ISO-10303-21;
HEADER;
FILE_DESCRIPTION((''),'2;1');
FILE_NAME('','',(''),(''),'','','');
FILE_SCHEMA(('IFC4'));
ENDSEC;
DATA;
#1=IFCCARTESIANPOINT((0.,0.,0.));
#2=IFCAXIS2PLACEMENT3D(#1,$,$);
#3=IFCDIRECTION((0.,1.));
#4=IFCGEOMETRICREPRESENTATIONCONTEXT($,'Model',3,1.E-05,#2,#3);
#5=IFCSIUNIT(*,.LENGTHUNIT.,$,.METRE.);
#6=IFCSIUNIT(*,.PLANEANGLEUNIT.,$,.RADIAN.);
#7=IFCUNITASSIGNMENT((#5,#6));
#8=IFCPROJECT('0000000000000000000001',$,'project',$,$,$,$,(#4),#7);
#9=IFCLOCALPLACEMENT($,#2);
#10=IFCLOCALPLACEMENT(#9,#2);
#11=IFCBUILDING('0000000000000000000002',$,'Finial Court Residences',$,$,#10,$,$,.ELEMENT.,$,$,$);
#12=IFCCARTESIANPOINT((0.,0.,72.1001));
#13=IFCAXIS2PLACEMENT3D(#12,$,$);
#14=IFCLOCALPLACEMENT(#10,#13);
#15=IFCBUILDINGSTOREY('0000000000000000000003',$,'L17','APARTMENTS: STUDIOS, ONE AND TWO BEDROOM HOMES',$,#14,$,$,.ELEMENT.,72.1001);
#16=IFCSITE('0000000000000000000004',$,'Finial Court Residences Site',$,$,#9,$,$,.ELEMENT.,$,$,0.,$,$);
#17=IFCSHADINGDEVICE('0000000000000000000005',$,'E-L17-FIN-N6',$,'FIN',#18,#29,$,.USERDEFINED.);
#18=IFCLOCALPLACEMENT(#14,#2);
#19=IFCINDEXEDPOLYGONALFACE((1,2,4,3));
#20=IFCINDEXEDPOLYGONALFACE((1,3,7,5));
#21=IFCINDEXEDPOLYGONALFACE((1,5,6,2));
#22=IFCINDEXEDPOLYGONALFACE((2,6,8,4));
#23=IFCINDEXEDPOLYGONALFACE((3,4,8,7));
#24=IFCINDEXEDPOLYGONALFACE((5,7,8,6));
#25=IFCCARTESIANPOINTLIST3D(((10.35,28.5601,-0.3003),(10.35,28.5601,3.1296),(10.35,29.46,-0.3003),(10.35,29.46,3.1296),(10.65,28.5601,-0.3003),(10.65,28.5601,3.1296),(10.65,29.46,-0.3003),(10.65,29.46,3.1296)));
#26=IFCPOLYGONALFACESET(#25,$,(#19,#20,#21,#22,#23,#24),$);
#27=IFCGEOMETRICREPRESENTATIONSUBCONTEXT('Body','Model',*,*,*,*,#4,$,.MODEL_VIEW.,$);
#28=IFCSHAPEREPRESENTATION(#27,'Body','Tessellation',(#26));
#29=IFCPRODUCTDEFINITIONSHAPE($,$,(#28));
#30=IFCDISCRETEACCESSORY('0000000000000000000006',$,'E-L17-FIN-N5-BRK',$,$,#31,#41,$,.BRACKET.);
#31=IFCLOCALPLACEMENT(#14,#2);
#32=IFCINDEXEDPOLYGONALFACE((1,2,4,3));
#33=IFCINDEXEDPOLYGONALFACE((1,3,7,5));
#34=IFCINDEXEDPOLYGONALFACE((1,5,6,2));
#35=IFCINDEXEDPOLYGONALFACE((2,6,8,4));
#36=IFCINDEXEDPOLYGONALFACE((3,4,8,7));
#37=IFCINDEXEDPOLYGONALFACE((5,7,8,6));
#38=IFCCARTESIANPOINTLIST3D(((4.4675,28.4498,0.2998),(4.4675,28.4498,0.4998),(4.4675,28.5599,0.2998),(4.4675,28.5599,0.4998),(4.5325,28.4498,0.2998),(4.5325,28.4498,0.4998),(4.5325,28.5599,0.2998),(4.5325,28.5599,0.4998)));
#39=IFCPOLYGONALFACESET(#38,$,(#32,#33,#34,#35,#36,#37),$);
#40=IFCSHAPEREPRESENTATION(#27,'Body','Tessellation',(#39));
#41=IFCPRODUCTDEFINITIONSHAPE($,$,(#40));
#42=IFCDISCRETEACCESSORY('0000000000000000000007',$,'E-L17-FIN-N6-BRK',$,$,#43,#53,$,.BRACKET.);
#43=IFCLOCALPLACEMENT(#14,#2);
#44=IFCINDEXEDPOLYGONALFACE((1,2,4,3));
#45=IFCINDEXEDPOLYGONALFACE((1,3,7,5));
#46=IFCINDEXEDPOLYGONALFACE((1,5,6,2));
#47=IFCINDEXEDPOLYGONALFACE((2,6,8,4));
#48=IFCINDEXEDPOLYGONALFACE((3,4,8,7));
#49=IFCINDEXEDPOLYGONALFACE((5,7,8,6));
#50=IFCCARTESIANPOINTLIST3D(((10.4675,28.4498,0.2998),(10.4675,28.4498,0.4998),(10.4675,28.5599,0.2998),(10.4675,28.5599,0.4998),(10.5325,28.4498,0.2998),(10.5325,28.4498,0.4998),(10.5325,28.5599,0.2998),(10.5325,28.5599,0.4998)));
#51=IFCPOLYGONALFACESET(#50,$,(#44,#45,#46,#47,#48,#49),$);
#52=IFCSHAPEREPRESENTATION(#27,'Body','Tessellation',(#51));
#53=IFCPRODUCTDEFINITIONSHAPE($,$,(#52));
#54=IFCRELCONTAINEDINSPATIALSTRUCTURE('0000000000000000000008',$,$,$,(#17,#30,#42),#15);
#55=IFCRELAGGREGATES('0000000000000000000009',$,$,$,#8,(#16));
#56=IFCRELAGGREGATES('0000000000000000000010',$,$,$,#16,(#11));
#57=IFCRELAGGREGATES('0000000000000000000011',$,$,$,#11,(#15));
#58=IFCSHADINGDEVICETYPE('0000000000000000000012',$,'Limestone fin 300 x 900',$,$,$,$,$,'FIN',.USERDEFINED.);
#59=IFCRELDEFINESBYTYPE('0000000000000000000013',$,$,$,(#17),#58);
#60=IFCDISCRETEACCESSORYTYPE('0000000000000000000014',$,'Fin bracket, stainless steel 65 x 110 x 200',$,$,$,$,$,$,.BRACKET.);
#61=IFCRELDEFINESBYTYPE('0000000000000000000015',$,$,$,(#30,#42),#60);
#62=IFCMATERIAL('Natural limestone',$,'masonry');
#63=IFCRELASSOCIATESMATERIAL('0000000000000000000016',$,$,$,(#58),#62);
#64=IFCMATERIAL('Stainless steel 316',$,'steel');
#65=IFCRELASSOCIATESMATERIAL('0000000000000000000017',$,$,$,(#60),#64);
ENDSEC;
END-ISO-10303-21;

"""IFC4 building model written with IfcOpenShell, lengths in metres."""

from ifc_helpers import new_model, si_unit, direction, frame, origin, origin_2d, place, context, subcontext, project, spatial, rectangle, extrude, material, type_object, element, save


model = new_model("IFC4")

# Units and contexts
model_context = context("Model", 3, precision=1e-05, world=origin(), true_north=direction((0.0, 1.0)))
body_context = subcontext(model_context, "Body", "Model", "MODEL_VIEW")
ifc_project = project(units=[si_unit("LENGTHUNIT", "METRE"), si_unit("PLANEANGLEUNIT", "RADIAN")], contexts=[model_context])

# Site, building, storey
site_placement = place(None, origin())
site = spatial("IfcSite", under=ifc_project, at=site_placement, Name="Finial Court Residences Site", CompositionType="ELEMENT", RefElevation=0.0)
building_placement = place(site_placement, origin())
building = spatial("IfcBuilding", under=site, at=building_placement, Name="Finial Court Residences", CompositionType="ELEMENT")
storey_placement = place(building_placement, frame((0.0, 0.0, 72.1001)))
storey = spatial("IfcBuildingStorey", under=building, at=storey_placement, Name="L17", Description="APARTMENTS: STUDIOS, ONE AND TWO BEDROOM HOMES", CompositionType="ELEMENT", Elevation=72.1001)

# Shading device
ifc_material_1 = material(Name="Natural limestone", Category="masonry")
shading_device_type = type_object("IfcShadingDeviceType", Name="Limestone fin 300 x 900", ElementType="FIN", PredefinedType="USERDEFINED", material=ifc_material_1)
shading_device_1_placement = place(storey_placement, frame((10.5, 29.01, -0.3003), z_axis=(0.0, 0.0, 1.0), x_axis=(1.0, 0.0, 0.0)))
element("IfcShadingDevice", 1, at=shading_device_1_placement, inside=storey, type_object=shading_device_type, Name="E-L17-FIN-N6", ObjectType="FIN", PredefinedType="USERDEFINED", context=body_context, shape_type="SweptSolid", body=[
    extrude(rectangle(XDim=0.3, YDim=0.8999, at=origin_2d()), origin(), (0.0, 0.0, 1.0), 3.4299),
])

# Discrete accessories
ifc_material_2 = material(Name="Stainless steel 316", Category="steel")
discrete_accessory_type = type_object("IfcDiscreteAccessoryType", Name="Fin bracket, stainless steel 65 x 110 x 200", PredefinedType="BRACKET", material=ifc_material_2)
for number, where, z_axis, x_axis, name in (
    (2, (4.5, 28.5049, 0.2998), (0.0, 0.0, 1.0), (1.0, 0.0, 0.0), "E-L17-FIN-N5-BRK"),
    (3, (10.5, 28.5049, 0.2998), (0.0, 0.0, 1.0), (1.0, 0.0, 0.0), "E-L17-FIN-N6-BRK"),
):
    element("IfcDiscreteAccessory", number, at=place(storey_placement, frame(where, z_axis=z_axis, x_axis=x_axis)), inside=storey, type_object=discrete_accessory_type, Name=name, PredefinedType="BRACKET", context=body_context, shape_type="SweptSolid", body=[
        extrude(rectangle(XDim=0.0649, YDim=0.1101, at=origin_2d()), origin(), (0.0, 0.0, 1.0), 0.2),
    ])

save(model, "model.ifc")
